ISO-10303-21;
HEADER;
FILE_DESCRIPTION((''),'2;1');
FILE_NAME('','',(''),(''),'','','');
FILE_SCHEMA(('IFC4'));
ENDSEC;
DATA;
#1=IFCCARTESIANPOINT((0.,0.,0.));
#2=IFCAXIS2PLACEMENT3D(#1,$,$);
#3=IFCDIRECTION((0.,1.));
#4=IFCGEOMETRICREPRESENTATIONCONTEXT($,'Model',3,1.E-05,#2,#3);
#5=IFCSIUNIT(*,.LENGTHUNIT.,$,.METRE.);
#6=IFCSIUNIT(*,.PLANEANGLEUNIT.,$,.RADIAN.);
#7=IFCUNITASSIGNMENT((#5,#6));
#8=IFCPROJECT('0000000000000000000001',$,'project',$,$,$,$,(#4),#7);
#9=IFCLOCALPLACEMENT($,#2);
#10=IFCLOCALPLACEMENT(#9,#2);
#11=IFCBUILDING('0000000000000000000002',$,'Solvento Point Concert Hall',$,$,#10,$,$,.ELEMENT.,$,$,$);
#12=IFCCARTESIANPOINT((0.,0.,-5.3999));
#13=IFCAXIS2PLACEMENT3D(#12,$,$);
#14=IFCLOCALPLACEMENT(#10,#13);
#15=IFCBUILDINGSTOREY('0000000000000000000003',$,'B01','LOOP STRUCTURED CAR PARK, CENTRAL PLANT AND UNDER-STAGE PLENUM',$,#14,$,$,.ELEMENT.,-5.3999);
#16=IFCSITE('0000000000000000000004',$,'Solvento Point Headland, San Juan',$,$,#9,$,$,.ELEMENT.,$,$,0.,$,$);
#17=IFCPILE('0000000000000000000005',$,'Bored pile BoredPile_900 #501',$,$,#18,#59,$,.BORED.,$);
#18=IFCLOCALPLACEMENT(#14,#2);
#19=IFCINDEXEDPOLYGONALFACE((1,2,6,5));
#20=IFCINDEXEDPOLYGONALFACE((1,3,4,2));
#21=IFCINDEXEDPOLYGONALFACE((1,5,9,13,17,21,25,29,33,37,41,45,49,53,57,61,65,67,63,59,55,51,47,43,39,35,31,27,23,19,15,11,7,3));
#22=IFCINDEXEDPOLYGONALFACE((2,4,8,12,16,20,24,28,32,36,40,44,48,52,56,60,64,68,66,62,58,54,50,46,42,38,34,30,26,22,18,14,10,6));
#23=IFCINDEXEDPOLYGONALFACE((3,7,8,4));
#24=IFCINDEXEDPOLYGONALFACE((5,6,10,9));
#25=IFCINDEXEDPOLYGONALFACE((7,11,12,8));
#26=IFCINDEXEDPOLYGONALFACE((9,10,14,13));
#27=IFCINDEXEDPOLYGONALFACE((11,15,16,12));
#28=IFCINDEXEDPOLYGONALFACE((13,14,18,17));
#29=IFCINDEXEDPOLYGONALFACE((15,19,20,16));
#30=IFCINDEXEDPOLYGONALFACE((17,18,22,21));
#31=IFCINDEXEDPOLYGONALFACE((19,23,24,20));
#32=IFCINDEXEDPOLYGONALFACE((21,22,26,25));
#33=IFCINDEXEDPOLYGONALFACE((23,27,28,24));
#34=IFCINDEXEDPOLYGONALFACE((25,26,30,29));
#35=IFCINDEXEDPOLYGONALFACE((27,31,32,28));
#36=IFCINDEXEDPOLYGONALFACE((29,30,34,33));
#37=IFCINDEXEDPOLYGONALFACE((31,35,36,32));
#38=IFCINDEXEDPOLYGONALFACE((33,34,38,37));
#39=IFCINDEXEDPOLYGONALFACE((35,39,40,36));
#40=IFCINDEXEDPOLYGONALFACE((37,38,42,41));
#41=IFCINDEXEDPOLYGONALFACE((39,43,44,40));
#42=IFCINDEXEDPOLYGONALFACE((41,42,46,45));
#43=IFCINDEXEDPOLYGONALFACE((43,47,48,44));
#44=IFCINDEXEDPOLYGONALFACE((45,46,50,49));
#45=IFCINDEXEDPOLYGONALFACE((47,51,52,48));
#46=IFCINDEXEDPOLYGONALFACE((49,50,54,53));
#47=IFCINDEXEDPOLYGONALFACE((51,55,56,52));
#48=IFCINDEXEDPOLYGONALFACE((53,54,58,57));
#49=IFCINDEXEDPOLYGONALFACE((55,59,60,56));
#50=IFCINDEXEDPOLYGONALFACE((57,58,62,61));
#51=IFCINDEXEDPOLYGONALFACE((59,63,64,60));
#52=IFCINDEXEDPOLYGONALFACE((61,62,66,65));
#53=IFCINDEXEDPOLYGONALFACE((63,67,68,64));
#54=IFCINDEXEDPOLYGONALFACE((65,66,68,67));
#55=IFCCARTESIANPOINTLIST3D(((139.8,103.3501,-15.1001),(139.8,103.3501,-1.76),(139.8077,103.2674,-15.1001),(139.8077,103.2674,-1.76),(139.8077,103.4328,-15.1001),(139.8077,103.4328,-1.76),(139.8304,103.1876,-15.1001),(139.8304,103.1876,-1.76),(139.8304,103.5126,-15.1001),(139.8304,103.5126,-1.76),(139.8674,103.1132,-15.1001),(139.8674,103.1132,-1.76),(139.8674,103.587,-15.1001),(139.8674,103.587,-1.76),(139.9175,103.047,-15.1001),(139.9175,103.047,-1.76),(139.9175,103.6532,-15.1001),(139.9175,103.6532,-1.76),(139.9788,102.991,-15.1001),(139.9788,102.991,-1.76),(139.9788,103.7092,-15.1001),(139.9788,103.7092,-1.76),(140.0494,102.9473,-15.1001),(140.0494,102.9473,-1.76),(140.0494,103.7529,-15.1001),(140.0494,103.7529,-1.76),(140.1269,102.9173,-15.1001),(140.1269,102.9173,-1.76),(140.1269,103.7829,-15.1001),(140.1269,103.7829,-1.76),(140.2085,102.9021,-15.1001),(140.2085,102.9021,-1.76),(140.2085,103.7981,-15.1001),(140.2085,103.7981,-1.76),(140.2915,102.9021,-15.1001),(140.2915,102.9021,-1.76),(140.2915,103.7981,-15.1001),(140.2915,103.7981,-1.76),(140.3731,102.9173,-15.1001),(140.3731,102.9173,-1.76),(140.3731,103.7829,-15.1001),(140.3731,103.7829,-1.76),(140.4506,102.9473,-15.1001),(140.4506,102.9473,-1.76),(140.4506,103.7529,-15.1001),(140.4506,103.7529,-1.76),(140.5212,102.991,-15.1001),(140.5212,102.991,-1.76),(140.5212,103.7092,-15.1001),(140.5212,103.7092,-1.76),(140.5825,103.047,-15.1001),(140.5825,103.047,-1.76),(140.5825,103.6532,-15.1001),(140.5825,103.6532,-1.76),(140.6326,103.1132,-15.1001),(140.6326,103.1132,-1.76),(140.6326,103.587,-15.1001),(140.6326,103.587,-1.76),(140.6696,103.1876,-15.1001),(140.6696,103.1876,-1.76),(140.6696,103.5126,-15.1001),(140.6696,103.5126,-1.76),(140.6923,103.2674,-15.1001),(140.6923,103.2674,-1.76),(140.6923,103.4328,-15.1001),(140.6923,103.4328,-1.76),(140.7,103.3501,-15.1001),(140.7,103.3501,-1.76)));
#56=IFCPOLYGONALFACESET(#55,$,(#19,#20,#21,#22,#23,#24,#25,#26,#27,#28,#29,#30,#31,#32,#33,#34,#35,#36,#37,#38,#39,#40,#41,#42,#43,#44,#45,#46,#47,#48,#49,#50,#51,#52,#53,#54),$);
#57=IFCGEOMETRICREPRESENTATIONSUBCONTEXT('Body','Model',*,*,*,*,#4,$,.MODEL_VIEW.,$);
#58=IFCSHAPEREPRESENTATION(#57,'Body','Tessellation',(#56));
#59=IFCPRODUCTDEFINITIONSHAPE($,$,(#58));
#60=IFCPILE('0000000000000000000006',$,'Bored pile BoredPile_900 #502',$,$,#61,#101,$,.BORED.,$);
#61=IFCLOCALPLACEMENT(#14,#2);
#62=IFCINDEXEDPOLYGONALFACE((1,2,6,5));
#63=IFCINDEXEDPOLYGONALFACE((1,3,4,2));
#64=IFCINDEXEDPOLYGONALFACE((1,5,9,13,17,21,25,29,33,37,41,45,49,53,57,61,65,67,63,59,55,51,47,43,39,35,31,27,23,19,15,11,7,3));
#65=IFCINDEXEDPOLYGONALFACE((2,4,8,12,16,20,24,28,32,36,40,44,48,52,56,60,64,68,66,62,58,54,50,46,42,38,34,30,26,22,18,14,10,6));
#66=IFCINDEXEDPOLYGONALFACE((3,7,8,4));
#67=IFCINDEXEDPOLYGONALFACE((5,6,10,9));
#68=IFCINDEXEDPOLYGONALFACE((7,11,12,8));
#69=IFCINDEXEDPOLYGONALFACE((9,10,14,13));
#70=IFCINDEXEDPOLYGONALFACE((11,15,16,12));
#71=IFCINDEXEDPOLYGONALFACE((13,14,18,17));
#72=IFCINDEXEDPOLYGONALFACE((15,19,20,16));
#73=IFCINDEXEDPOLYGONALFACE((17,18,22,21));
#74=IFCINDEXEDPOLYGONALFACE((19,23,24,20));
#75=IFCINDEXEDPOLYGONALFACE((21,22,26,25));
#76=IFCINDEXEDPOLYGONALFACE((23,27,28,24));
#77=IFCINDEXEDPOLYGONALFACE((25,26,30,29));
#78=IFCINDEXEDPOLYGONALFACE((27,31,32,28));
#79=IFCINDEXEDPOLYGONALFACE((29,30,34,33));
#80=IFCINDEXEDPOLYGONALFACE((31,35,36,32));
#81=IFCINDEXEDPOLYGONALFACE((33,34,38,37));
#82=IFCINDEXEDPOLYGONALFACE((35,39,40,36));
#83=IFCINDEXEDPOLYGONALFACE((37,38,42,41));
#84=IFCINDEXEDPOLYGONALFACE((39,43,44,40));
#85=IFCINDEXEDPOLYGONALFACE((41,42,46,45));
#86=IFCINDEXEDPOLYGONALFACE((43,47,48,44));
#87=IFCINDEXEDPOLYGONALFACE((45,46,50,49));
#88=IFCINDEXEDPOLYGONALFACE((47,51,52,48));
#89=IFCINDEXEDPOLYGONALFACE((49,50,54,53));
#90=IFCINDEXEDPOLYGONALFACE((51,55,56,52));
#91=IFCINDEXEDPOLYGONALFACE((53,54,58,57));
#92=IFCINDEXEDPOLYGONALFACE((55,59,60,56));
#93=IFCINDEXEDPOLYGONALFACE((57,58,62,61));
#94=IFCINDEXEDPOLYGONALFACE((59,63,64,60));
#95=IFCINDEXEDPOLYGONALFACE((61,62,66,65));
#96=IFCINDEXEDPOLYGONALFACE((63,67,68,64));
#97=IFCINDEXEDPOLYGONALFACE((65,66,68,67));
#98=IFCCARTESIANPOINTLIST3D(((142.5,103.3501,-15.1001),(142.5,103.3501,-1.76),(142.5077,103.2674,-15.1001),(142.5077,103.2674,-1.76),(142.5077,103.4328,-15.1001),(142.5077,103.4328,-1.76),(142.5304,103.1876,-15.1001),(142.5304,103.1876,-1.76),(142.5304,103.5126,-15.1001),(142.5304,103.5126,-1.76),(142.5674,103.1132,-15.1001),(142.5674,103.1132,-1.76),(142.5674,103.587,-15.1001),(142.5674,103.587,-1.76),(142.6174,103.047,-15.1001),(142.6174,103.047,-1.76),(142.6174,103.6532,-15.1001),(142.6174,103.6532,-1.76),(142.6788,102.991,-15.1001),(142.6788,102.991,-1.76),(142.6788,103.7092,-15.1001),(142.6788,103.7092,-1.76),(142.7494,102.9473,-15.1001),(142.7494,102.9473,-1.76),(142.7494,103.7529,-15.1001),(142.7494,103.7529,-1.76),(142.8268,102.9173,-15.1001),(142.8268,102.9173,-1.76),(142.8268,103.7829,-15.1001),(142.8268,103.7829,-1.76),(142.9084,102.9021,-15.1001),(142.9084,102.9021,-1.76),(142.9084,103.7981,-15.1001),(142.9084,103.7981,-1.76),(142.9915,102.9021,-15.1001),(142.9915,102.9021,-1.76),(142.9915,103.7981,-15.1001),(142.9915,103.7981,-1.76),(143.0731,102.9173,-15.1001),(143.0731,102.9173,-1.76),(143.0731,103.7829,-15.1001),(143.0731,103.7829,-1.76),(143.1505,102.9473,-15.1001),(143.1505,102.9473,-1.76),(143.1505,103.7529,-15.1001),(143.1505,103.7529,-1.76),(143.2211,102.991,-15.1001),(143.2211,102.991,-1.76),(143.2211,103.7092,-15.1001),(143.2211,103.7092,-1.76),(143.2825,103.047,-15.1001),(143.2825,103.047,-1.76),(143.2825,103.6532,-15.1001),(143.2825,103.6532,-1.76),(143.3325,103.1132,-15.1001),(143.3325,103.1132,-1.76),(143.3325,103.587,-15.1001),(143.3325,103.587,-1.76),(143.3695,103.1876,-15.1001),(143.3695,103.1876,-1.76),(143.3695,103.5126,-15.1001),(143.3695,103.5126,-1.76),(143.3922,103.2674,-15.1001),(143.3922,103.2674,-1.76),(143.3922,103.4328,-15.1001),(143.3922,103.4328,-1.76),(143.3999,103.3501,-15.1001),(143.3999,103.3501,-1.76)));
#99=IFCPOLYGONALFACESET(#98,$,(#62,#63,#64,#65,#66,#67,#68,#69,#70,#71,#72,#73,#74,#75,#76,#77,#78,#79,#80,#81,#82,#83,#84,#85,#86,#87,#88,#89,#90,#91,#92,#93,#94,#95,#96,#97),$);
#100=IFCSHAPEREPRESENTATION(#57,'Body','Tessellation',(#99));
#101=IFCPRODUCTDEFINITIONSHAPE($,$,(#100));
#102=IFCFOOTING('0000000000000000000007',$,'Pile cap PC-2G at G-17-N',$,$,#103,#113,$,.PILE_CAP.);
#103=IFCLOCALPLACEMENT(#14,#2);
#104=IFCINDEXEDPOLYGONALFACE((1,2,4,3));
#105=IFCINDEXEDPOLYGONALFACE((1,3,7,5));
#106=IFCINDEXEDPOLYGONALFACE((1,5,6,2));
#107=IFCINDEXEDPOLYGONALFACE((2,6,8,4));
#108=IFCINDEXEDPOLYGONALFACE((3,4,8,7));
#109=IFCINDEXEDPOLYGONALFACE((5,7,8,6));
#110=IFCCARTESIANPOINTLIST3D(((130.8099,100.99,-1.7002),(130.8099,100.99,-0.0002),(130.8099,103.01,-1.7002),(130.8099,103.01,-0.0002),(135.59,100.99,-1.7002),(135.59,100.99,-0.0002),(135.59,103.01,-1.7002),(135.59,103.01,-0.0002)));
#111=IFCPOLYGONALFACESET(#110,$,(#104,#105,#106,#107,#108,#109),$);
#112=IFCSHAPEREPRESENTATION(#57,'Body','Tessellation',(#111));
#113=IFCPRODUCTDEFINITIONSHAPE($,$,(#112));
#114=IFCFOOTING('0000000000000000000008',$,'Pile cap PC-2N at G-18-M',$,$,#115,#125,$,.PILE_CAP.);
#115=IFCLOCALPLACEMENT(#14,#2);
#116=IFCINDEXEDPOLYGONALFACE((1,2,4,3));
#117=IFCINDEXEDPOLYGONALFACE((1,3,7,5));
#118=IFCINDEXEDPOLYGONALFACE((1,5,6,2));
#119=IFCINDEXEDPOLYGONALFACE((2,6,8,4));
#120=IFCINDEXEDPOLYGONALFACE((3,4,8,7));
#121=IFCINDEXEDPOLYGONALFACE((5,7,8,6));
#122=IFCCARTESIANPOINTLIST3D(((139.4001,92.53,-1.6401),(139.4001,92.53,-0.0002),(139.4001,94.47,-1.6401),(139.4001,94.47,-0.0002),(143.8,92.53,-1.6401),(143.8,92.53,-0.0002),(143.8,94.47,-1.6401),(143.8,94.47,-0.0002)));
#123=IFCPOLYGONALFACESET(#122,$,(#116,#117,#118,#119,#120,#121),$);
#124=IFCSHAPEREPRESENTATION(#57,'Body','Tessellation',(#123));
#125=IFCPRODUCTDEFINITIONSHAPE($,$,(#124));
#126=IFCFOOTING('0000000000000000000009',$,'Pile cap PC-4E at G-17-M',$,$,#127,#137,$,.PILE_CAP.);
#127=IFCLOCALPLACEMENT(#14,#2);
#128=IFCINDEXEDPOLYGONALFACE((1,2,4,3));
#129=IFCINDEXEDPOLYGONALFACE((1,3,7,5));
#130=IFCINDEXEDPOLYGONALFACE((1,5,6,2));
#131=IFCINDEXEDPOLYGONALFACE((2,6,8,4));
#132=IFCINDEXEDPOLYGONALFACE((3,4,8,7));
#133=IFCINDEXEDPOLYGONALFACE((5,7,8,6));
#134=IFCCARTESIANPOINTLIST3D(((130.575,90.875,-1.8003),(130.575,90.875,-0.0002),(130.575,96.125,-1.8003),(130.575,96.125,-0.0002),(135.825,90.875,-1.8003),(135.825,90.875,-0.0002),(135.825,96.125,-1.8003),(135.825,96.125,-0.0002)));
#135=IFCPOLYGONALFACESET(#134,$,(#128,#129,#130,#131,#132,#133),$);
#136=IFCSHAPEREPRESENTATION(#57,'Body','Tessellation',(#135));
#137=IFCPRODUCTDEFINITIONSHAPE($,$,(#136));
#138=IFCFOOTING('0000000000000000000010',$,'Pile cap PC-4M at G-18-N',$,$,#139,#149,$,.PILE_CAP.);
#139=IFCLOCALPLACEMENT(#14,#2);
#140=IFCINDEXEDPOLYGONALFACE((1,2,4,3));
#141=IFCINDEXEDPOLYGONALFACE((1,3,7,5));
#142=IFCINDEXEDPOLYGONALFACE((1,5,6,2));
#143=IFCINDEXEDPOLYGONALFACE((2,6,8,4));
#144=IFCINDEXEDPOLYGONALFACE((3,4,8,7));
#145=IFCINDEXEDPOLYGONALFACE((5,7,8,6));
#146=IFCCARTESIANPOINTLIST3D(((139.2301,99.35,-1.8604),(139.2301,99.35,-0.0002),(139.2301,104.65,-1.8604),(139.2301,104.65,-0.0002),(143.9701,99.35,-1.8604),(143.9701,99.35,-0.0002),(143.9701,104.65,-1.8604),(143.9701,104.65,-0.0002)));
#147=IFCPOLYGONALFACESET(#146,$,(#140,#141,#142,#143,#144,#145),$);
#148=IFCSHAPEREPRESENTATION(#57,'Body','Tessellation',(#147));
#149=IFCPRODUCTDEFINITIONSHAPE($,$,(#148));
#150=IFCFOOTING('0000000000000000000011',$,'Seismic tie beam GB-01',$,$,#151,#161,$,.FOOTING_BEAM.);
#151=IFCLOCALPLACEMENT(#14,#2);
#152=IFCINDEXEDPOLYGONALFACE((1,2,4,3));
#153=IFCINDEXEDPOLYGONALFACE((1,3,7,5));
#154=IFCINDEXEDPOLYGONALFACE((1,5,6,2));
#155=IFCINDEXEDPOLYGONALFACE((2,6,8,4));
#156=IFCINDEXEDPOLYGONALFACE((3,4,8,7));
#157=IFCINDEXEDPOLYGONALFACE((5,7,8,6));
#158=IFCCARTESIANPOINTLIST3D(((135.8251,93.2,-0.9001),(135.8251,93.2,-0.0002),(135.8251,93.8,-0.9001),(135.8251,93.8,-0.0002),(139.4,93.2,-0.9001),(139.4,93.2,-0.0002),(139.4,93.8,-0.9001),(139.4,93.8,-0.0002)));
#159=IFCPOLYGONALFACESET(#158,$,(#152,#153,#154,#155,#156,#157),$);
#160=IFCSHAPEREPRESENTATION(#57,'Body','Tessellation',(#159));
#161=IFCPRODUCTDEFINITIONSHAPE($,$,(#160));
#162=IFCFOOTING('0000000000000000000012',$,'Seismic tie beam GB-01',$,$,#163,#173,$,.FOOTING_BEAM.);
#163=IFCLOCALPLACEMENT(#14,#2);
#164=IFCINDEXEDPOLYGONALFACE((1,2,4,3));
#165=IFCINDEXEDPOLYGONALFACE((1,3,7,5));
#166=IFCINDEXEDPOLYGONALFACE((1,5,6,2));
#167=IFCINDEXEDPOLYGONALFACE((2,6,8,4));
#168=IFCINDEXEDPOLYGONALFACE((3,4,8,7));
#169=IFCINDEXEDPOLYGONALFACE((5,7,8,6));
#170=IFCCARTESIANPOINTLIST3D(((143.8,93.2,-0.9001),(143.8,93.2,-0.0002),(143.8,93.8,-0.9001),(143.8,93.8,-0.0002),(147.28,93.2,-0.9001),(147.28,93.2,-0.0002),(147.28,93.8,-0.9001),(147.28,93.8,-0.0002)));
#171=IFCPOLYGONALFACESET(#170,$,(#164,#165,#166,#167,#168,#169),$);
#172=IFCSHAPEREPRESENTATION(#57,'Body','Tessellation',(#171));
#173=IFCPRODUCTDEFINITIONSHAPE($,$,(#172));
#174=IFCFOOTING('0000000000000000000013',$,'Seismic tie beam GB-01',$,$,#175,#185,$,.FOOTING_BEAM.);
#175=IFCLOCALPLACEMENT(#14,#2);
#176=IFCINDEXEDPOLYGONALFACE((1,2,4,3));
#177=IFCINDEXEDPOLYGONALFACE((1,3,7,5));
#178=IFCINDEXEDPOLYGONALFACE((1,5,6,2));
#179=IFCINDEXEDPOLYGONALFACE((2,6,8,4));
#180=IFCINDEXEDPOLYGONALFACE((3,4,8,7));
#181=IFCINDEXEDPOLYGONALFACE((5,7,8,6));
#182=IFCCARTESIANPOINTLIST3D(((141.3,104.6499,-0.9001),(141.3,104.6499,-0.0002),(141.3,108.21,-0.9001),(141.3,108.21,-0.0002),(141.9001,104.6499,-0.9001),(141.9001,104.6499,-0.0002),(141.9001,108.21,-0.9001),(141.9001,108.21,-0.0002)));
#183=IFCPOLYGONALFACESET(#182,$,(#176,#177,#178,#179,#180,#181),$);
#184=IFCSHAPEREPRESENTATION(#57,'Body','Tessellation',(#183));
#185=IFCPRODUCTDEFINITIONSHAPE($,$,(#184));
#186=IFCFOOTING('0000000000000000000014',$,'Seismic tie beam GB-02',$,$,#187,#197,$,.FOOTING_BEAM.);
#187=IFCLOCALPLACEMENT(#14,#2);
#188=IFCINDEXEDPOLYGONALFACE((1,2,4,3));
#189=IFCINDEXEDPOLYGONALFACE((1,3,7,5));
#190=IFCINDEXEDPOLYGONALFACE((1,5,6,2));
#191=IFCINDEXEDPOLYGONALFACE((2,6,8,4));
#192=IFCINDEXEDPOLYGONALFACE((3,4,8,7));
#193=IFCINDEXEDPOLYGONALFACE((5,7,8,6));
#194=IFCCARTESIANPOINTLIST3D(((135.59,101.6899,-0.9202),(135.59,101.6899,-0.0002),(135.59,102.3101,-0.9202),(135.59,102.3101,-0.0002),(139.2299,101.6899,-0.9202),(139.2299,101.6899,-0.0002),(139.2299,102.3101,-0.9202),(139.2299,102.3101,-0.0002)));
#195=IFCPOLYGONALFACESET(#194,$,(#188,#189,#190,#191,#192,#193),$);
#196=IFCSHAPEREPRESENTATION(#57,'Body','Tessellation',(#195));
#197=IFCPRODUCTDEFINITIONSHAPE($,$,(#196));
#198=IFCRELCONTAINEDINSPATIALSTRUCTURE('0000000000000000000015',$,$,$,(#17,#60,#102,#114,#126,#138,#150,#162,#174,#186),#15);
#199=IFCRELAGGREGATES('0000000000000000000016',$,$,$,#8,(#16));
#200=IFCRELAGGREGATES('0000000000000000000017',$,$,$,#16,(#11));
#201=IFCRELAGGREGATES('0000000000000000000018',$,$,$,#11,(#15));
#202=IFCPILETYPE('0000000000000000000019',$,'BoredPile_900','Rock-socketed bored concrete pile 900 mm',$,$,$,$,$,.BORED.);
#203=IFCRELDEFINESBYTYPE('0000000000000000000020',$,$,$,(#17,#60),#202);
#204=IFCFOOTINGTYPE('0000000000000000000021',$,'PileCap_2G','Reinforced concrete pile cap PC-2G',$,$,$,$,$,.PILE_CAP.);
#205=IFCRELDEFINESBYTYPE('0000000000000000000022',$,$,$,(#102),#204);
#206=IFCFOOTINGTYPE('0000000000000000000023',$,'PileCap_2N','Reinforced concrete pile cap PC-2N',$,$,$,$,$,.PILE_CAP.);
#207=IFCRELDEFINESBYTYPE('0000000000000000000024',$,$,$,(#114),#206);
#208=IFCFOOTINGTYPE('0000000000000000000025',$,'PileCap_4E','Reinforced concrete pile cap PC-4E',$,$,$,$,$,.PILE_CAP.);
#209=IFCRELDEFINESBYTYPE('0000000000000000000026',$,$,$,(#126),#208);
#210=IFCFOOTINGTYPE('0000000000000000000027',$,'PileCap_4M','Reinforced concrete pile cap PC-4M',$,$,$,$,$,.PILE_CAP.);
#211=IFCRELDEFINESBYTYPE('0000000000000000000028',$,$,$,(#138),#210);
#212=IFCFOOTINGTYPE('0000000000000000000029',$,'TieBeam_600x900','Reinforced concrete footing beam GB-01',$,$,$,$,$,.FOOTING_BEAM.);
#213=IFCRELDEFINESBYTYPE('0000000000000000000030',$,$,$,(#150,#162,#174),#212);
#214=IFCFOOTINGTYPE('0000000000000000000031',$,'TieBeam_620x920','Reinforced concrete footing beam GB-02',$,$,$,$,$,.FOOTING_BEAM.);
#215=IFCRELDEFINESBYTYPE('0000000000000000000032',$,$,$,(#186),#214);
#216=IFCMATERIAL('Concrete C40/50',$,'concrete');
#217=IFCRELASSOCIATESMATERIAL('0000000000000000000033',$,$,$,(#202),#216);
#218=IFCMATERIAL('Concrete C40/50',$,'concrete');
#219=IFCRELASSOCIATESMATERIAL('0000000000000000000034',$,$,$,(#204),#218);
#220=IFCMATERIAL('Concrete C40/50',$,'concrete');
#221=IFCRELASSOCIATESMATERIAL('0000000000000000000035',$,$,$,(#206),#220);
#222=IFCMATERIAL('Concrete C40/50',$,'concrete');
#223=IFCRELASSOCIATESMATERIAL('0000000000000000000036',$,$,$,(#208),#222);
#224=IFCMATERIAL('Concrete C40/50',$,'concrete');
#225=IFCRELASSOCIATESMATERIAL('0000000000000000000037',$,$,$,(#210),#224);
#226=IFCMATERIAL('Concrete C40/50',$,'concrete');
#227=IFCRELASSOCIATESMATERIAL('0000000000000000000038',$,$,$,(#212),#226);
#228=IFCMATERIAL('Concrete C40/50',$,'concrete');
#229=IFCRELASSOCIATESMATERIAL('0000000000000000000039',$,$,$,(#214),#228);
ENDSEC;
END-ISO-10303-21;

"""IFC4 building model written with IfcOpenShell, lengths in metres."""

from ifc_helpers import new_model, si_unit, direction, frame, origin, origin_2d, place, context, subcontext, project, spatial, rectangle, circle, extrude, material, material_profile, profile_set, type_object, element, save


model = new_model("IFC4")

# Units and contexts
model_context = context("Model", 3, precision=1e-05, world=origin(), true_north=direction((0.0, 1.0)))
body_context = subcontext(model_context, "Body", "Model", "MODEL_VIEW")
ifc_project = project(units=[si_unit("LENGTHUNIT", "METRE"), si_unit("PLANEANGLEUNIT", "RADIAN")], contexts=[model_context])

# Site, building, storey
site_placement = place(None, origin())
site = spatial("IfcSite", under=ifc_project, at=site_placement, Name="Solvento Point Headland, San Juan", CompositionType="ELEMENT", RefElevation=0.0)
building_placement = place(site_placement, origin())
building = spatial("IfcBuilding", under=site, at=building_placement, Name="Solvento Point Concert Hall", CompositionType="ELEMENT")
storey_placement = place(building_placement, frame((0.0, 0.0, -5.3999)))
storey = spatial("IfcBuildingStorey", under=building, at=storey_placement, Name="B01", Description="LOOP STRUCTURED CAR PARK, CENTRAL PLANT AND UNDER-STAGE PLENUM", CompositionType="ELEMENT", Elevation=-5.3999)

# Piles
ifc_material_1 = material(Name="Concrete C40/50", Category="concrete")
ifc_material_profile_1 = material_profile(ifc_material_1, circle(Radius=0.45, at=origin_2d()), Name="BP-900")
ifc_profile_set_1 = profile_set([ifc_material_profile_1], Name="Concrete C40/50")
pile_type_1 = type_object("IfcPileType", Name="BoredPile_900", Description="Rock-socketed bored concrete pile 900 mm", PredefinedType="BORED", material=ifc_profile_set_1)
for number, where, z_axis, x_axis, name in (
    (1, (140.25, 103.3501, -1.76), (0.0, 0.0, -1.0), (1.0, 0.0, 0.0), "Bored pile BoredPile_900 #501"),
    (2, (142.95, 103.3501, -1.76), (0.0, 0.0, -1.0), (1.0, 0.0, 0.0), "Bored pile BoredPile_900 #502"),
):
    element("IfcPile", number, at=place(storey_placement, frame(where, z_axis=z_axis, x_axis=x_axis)), inside=storey, type_object=pile_type_1, Name=name, PredefinedType="BORED", context=body_context, shape_type="SweptSolid", body=[
        extrude(circle(Radius=0.45, at=origin_2d()), origin(), (0.0, 0.0, 1.0), 13.3401),
    ])

# Footings
ifc_material_2 = material(Name="Concrete C40/50", Category="concrete")
footing_type_1 = type_object("IfcFootingType", Name="PileCap_2G", Description="Reinforced concrete pile cap PC-2G", PredefinedType="PILE_CAP", material=ifc_material_2)
footing_1_placement = place(storey_placement, frame((133.2, 102.0, -1.7002), z_axis=(0.0, 0.0, 1.0), x_axis=(1.0, 0.0, 0.0)))
element("IfcFooting", 3, at=footing_1_placement, inside=storey, type_object=footing_type_1, Name="Pile cap PC-2G at G-17-N", PredefinedType="PILE_CAP", context=body_context, shape_type="SweptSolid", body=[
    extrude(rectangle(XDim=4.78, YDim=2.02, at=origin_2d()), origin(), (0.0, 0.0, 1.0), 1.7),
])
ifc_material_3 = material(Name="Concrete C40/50", Category="concrete")
footing_type_2 = type_object("IfcFootingType", Name="PileCap_2N", Description="Reinforced concrete pile cap PC-2N", PredefinedType="PILE_CAP", material=ifc_material_3)
footing_2_placement = place(storey_placement, frame((141.6001, 93.5, -1.6401), z_axis=(0.0, 0.0, 1.0), x_axis=(1.0, 0.0, 0.0)))
element("IfcFooting", 4, at=footing_2_placement, inside=storey, type_object=footing_type_2, Name="Pile cap PC-2N at G-18-M", PredefinedType="PILE_CAP", context=body_context, shape_type="SweptSolid", body=[
    extrude(rectangle(XDim=4.3999, YDim=1.9399, at=origin_2d()), origin(), (0.0, 0.0, 1.0), 1.6399),
])
ifc_material_4 = material(Name="Concrete C40/50", Category="concrete")
footing_type_3 = type_object("IfcFootingType", Name="PileCap_4E", Description="Reinforced concrete pile cap PC-4E", PredefinedType="PILE_CAP", material=ifc_material_4)
footing_3_placement = place(storey_placement, frame((133.2, 93.5, -1.8003), z_axis=(0.0, 0.0, 1.0), x_axis=(1.0, 0.0, 0.0)))
element("IfcFooting", 5, at=footing_3_placement, inside=storey, type_object=footing_type_3, Name="Pile cap PC-4E at G-17-M", PredefinedType="PILE_CAP", context=body_context, shape_type="SweptSolid", body=[
    extrude(rectangle(XDim=5.25, YDim=5.25, at=origin_2d()), origin(), (0.0, 0.0, 1.0), 1.8),
])
ifc_material_5 = material(Name="Concrete C40/50", Category="concrete")
footing_type_4 = type_object("IfcFootingType", Name="PileCap_4M", Description="Reinforced concrete pile cap PC-4M", PredefinedType="PILE_CAP", material=ifc_material_5)
footing_4_placement = place(storey_placement, frame((141.6001, 102.0, -1.8604), z_axis=(0.0, 0.0, 1.0), x_axis=(1.0, 0.0, 0.0)))
element("IfcFooting", 6, at=footing_4_placement, inside=storey, type_object=footing_type_4, Name="Pile cap PC-4M at G-18-N", PredefinedType="PILE_CAP", context=body_context, shape_type="SweptSolid", body=[
    extrude(rectangle(XDim=4.74, YDim=5.3, at=origin_2d()), origin(), (0.0, 0.0, 1.0), 1.8601),
])
ifc_material_6 = material(Name="Concrete C40/50", Category="concrete")
footing_type_5 = type_object("IfcFootingType", Name="TieBeam_600x900", Description="Reinforced concrete footing beam GB-01", PredefinedType="FOOTING_BEAM", material=ifc_material_6)
footing_5_placement = place(storey_placement, frame((137.6125, 93.5, -0.9001), z_axis=(0.0, 0.0, 1.0), x_axis=(1.0, 0.0, 0.0)))
element("IfcFooting", 7, at=footing_5_placement, inside=storey, type_object=footing_type_5, Name="Seismic tie beam GB-01", PredefinedType="FOOTING_BEAM", context=body_context, shape_type="SweptSolid", body=[
    extrude(rectangle(XDim=3.575, YDim=0.6001, at=origin_2d()), origin(), (0.0, 0.0, 1.0), 0.8999),
])
footing_6_placement = place(storey_placement, frame((145.54, 93.5, -0.9001), z_axis=(0.0, 0.0, 1.0), x_axis=(1.0, 0.0, 0.0)))
element("IfcFooting", 8, at=footing_6_placement, inside=storey, type_object=footing_type_5, Name="Seismic tie beam GB-01", PredefinedType="FOOTING_BEAM", context=body_context, shape_type="SweptSolid", body=[
    extrude(rectangle(XDim=3.48, YDim=0.6001, at=origin_2d()), origin(), (0.0, 0.0, 1.0), 0.8999),
])
footing_7_placement = place(storey_placement, frame((141.6001, 106.4299, -0.9001), z_axis=(0.0, 0.0, 1.0), x_axis=(0.0, 1.0, 0.0)))
element("IfcFooting", 9, at=footing_7_placement, inside=storey, type_object=footing_type_5, Name="Seismic tie beam GB-01", PredefinedType="FOOTING_BEAM", context=body_context, shape_type="SweptSolid", body=[
    extrude(rectangle(XDim=3.5601, YDim=0.6001, at=origin_2d()), origin(), (0.0, 0.0, 1.0), 0.8999),
])
ifc_material_7 = material(Name="Concrete C40/50", Category="concrete")
footing_type_6 = type_object("IfcFootingType", Name="TieBeam_620x920", Description="Reinforced concrete footing beam GB-02", PredefinedType="FOOTING_BEAM", material=ifc_material_7)
footing_8_placement = place(storey_placement, frame((137.4099, 102.0, -0.9202), z_axis=(0.0, 0.0, 1.0), x_axis=(1.0, 0.0, 0.0)))
element("IfcFooting", 10, at=footing_8_placement, inside=storey, type_object=footing_type_6, Name="Seismic tie beam GB-02", PredefinedType="FOOTING_BEAM", context=body_context, shape_type="SweptSolid", body=[
    extrude(rectangle(XDim=3.6399, YDim=0.6201, at=origin_2d()), origin(), (0.0, 0.0, 1.0), 0.9199),
])

save(model, "model.ifc")
